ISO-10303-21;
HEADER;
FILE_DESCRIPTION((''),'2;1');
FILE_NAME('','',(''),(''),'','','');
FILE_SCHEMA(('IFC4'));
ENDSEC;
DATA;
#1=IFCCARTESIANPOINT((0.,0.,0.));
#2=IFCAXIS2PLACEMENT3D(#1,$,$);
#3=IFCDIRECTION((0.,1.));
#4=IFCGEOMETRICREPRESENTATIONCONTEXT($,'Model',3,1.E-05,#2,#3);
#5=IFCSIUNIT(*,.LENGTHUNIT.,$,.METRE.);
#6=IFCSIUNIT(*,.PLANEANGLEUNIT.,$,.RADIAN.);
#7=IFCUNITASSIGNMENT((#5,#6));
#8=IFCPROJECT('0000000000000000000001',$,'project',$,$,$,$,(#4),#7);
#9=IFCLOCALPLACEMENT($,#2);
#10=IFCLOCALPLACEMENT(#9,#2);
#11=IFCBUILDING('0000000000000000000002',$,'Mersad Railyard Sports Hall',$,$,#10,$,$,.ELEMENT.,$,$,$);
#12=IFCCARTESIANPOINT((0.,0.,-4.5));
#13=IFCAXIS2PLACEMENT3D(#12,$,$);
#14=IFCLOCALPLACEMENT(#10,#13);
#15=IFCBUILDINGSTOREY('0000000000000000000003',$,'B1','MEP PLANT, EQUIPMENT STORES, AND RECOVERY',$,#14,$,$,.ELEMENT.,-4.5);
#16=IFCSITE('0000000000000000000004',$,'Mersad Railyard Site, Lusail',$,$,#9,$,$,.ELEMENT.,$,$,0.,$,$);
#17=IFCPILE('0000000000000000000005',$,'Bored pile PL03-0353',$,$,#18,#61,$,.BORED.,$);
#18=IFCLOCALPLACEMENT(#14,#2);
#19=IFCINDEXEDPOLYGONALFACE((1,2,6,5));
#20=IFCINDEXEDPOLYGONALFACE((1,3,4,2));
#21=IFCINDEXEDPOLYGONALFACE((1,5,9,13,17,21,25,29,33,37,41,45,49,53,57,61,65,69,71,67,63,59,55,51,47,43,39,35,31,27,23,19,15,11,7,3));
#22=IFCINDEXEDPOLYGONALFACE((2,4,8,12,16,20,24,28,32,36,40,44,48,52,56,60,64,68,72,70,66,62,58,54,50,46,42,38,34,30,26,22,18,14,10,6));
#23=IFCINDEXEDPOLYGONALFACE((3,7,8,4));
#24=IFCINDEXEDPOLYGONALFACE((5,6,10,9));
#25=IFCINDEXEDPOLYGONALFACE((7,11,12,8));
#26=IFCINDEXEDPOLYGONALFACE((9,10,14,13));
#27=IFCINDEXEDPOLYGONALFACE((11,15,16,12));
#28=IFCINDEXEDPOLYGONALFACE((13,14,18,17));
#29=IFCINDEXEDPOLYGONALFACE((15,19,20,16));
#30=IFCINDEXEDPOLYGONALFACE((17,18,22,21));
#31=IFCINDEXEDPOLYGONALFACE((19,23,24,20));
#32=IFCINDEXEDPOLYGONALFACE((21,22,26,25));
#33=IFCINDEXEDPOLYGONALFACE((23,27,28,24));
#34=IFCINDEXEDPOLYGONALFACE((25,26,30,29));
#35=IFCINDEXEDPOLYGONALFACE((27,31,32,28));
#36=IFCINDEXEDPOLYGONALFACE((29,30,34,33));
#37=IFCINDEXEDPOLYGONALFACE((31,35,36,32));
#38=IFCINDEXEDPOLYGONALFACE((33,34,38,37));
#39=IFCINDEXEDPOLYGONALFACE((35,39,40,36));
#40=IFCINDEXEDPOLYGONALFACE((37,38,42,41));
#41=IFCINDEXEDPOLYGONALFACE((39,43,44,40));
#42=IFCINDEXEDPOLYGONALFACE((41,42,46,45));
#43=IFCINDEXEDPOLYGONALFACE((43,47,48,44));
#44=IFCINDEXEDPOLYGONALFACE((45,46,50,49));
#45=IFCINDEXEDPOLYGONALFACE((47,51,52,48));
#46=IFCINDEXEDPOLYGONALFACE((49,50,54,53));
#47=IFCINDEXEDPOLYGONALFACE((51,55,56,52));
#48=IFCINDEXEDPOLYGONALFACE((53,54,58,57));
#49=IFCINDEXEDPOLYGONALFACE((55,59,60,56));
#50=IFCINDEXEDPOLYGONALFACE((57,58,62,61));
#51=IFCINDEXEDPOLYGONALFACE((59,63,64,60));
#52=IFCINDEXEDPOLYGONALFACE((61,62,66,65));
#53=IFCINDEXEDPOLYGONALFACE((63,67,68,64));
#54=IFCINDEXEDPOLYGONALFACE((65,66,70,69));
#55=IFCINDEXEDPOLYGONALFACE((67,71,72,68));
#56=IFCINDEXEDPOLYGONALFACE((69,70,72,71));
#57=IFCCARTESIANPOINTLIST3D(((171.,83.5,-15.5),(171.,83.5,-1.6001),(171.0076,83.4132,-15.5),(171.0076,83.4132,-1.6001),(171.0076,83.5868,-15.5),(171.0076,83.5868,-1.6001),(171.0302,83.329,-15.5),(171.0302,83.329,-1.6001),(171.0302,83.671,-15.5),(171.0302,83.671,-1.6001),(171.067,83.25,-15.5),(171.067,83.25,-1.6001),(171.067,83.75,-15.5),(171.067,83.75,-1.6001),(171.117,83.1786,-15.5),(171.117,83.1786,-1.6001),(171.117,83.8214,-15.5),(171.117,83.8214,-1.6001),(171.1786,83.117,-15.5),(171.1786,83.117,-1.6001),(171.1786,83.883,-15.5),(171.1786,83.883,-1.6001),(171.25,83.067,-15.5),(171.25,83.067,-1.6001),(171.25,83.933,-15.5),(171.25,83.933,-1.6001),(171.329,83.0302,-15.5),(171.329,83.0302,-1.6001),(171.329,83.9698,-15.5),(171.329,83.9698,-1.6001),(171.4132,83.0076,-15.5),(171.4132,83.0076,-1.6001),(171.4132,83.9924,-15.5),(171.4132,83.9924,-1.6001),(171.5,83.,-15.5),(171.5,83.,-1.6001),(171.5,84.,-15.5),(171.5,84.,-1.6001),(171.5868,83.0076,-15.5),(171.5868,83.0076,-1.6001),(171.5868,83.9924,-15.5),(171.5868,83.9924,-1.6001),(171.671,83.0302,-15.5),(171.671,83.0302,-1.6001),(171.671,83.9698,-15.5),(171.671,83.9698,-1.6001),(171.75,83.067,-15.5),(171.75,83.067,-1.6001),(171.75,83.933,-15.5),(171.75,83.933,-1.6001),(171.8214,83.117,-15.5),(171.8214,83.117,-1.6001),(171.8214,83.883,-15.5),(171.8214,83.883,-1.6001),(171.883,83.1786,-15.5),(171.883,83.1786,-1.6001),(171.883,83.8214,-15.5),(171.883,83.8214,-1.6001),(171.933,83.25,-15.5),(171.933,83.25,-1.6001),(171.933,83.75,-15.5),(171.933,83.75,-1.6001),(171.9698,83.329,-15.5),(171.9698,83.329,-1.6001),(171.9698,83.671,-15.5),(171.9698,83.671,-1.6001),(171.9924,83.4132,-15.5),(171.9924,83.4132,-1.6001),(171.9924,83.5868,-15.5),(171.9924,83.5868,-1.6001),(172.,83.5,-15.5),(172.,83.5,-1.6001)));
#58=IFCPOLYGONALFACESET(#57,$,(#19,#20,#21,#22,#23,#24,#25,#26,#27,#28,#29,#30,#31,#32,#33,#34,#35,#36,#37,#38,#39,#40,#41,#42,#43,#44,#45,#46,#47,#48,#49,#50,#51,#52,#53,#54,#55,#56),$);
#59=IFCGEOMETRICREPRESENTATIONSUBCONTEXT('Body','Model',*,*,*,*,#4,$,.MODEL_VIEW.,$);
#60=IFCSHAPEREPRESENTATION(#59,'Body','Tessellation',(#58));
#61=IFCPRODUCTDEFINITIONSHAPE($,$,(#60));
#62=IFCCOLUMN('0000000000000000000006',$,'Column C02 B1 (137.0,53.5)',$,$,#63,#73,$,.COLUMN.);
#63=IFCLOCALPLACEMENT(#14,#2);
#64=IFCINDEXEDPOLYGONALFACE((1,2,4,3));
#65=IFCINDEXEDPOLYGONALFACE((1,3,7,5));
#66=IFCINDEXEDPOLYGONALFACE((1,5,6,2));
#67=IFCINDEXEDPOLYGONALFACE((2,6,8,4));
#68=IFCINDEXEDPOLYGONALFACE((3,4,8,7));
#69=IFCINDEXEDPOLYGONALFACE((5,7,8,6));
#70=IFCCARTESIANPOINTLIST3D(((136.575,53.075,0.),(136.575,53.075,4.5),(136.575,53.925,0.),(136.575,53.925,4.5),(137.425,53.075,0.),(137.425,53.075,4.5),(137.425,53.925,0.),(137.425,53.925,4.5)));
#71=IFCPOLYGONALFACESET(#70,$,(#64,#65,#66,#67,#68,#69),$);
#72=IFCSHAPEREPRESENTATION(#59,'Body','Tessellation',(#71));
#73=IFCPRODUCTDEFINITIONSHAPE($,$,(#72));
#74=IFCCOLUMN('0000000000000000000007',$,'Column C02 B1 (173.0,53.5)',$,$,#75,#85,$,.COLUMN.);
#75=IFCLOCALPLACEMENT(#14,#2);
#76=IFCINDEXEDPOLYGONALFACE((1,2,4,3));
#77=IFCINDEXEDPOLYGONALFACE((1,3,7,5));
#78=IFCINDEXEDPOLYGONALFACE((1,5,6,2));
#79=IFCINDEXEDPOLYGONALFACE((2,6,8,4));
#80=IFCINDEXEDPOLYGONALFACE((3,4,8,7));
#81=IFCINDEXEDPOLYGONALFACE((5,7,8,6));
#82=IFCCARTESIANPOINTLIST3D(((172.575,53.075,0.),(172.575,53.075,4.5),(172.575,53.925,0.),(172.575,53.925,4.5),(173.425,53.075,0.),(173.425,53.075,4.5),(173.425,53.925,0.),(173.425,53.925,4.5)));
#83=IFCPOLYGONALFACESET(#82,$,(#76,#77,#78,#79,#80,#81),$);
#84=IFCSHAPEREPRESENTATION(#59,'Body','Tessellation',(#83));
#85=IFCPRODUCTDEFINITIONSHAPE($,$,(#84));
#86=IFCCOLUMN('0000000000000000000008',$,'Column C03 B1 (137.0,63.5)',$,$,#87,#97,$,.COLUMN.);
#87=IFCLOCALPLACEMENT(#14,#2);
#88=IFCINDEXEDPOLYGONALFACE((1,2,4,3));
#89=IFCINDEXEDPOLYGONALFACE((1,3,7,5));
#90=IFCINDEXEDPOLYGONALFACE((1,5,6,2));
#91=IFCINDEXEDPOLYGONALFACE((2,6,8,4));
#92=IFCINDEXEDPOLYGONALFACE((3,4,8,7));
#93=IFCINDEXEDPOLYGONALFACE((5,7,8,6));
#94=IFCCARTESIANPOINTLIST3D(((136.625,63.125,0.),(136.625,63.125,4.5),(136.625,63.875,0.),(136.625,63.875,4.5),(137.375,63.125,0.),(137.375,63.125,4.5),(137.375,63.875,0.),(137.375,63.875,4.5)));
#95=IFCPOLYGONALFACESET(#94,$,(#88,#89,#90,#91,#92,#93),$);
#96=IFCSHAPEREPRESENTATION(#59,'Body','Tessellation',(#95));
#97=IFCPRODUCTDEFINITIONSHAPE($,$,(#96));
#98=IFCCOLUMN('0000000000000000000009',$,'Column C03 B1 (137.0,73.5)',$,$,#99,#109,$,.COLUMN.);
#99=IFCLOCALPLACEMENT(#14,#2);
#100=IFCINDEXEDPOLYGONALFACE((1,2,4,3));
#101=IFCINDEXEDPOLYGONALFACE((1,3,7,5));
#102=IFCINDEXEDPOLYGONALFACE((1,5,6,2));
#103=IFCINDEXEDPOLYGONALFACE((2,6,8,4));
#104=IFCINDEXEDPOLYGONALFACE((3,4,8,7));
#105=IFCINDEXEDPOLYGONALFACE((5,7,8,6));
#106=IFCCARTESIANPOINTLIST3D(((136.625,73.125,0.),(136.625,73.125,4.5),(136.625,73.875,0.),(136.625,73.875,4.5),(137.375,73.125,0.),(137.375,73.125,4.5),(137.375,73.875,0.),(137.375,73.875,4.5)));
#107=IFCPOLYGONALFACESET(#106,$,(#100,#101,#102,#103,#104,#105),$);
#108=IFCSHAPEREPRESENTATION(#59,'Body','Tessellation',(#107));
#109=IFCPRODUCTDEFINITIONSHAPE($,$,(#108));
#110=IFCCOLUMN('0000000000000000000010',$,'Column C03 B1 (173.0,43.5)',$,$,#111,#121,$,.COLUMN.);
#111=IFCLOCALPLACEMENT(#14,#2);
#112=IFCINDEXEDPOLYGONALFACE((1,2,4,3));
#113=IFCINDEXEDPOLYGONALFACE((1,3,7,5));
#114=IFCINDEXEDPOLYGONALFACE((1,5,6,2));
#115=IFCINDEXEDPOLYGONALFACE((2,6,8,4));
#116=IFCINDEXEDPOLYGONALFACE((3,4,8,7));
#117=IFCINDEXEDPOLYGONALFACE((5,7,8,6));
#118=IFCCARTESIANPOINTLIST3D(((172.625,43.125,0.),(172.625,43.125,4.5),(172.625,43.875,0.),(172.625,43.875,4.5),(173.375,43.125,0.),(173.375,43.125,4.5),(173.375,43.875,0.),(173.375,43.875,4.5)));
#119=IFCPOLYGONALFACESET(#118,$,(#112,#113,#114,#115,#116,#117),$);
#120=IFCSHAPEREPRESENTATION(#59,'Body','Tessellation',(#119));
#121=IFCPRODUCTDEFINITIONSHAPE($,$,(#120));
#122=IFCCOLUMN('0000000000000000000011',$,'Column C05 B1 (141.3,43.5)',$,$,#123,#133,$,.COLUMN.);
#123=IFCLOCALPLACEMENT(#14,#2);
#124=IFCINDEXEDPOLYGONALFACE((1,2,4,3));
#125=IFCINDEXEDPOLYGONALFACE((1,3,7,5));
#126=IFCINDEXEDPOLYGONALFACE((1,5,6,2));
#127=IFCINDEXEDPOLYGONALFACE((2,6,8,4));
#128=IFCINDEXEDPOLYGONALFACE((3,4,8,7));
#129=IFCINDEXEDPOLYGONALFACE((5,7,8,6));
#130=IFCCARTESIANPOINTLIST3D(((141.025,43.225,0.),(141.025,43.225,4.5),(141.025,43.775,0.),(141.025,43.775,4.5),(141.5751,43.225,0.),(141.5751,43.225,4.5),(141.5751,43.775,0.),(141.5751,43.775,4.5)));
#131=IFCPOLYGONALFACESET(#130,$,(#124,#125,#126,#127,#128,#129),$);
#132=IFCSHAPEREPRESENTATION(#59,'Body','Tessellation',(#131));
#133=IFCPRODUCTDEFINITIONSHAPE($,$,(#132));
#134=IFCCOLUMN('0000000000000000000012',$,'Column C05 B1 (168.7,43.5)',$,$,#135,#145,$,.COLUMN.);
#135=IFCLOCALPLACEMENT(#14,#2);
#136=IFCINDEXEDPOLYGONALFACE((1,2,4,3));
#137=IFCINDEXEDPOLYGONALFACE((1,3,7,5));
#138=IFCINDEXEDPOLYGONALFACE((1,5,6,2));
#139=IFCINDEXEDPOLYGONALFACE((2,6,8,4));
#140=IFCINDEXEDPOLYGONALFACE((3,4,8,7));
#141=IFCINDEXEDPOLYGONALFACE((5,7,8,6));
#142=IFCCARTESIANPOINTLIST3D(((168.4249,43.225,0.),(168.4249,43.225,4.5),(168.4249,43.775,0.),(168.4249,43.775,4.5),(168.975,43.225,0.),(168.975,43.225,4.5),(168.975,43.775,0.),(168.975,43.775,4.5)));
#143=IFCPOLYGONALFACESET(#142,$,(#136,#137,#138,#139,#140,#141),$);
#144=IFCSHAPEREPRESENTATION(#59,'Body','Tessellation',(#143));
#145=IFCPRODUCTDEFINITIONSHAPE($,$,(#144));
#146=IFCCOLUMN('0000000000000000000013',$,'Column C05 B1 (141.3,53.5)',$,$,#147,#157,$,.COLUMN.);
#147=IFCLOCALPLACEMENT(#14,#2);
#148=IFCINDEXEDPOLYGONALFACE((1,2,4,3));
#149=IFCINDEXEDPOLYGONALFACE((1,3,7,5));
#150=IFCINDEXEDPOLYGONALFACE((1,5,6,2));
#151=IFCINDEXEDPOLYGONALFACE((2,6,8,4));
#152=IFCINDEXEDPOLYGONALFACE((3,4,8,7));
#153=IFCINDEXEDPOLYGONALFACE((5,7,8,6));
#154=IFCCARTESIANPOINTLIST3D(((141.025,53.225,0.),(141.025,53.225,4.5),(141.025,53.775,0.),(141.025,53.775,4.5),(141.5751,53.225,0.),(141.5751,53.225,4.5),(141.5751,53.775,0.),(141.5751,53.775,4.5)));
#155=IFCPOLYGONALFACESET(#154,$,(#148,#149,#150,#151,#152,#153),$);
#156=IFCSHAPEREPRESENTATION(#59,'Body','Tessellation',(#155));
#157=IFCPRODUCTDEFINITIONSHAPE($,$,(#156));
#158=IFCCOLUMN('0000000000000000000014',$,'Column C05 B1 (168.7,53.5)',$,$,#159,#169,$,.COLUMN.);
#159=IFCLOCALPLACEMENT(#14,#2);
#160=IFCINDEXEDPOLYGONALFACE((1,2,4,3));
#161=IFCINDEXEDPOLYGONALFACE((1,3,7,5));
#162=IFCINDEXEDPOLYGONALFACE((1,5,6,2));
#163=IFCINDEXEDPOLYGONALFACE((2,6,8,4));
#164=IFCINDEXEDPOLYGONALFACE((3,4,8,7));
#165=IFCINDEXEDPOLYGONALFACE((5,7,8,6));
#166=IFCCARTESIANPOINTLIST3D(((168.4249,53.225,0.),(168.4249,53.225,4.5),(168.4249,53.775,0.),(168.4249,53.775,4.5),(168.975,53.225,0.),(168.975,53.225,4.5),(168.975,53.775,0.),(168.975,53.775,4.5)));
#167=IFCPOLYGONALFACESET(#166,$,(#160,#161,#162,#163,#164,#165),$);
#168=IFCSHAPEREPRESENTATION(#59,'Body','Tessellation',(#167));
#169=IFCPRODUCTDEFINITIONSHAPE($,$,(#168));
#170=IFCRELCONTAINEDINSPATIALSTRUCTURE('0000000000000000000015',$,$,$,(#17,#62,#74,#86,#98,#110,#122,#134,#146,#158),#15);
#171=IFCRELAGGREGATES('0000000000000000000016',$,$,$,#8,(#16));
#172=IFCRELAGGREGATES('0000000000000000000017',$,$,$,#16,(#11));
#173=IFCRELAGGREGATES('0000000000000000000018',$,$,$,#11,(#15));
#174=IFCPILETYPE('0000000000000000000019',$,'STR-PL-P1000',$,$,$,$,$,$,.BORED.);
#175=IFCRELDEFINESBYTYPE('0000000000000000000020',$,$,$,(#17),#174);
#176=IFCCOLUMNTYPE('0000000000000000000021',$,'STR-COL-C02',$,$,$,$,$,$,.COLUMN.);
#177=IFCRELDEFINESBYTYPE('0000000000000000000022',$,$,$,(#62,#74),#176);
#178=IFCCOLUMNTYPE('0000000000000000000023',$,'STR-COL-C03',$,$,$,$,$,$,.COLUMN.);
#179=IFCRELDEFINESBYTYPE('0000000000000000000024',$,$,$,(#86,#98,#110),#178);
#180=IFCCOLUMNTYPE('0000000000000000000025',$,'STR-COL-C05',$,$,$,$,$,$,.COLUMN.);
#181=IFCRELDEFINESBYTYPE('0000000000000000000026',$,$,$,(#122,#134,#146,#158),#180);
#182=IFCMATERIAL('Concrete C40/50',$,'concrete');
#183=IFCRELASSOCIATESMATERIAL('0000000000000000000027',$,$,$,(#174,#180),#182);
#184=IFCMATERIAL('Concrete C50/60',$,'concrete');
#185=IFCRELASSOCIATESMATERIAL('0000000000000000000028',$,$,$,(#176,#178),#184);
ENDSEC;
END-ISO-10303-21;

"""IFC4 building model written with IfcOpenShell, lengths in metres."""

from ifc_helpers import new_model, si_unit, direction, frame, origin, origin_2d, place, context, subcontext, project, spatial, rectangle, circle, extrude, material, material_profile, profile_set, type_object, element, save


model = new_model("IFC4")

# Units and contexts
model_context = context("Model", 3, precision=1e-05, world=origin(), true_north=direction((0.0, 1.0)))
body_context = subcontext(model_context, "Body", "Model", "MODEL_VIEW")
ifc_project = project(units=[si_unit("LENGTHUNIT", "METRE"), si_unit("PLANEANGLEUNIT", "RADIAN")], contexts=[model_context])

# Site, building, storey
site_placement = place(None, origin())
site = spatial("IfcSite", under=ifc_project, at=site_placement, Name="Mersad Railyard Site, Lusail", CompositionType="ELEMENT", RefElevation=0.0)
building_placement = place(site_placement, origin())
building = spatial("IfcBuilding", under=site, at=building_placement, Name="Mersad Railyard Sports Hall", CompositionType="ELEMENT")
storey_placement = place(building_placement, frame((0.0, 0.0, -4.5)))
storey = spatial("IfcBuildingStorey", under=building, at=storey_placement, Name="B1", Description="MEP PLANT, EQUIPMENT STORES, AND RECOVERY", CompositionType="ELEMENT", Elevation=-4.5)

# Shared definitions
ifc_material_1 = material(Name="Concrete C40/50", Category="concrete")

# Pile
ifc_material_profile_1 = material_profile(ifc_material_1, circle(Radius=0.5, at=origin_2d()), Name="BORED PILE D1000")
ifc_profile_set_1 = profile_set([ifc_material_profile_1], Name="Concrete C40/50")
pile_type = type_object("IfcPileType", Name="STR-PL-P1000", PredefinedType="BORED", material=ifc_profile_set_1)
pile_1_placement = place(storey_placement, frame((171.5, 83.5, -1.6001), z_axis=(0.0, 0.0, -1.0), x_axis=(1.0, 0.0, 0.0)))
element("IfcPile", 1, at=pile_1_placement, inside=storey, type_object=pile_type, Name="Bored pile PL03-0353", PredefinedType="BORED", context=body_context, shape_type="SweptSolid", body=[
    extrude(circle(Radius=0.5, at=origin_2d()), origin(), (0.0, 0.0, 1.0), 13.8999),
])

# Columns
ifc_material_2 = material(Name="Concrete C50/60", Category="concrete")
ifc_material_profile_2 = material_profile(ifc_material_2, rectangle(XDim=0.8501, YDim=0.8501, at=origin_2d()), Name="RC 850x850")
ifc_profile_set_2 = profile_set([ifc_material_profile_2], Name="Concrete C50/60")
column_type_1 = type_object("IfcColumnType", Name="STR-COL-C02", PredefinedType="COLUMN", material=ifc_profile_set_2)
for number, where, z_axis, x_axis, name in (
    (2, (137.0, 53.5, 0.0), (0.0, 0.0, 1.0), (1.0, 0.0, 0.0), "Column C02 B1 (137.0,53.5)"),
    (3, (173.0, 53.5, 0.0), (0.0, 0.0, 1.0), (1.0, 0.0, 0.0), "Column C02 B1 (173.0,53.5)"),
):
    element("IfcColumn", number, at=place(storey_placement, frame(where, z_axis=z_axis, x_axis=x_axis)), inside=storey, type_object=column_type_1, Name=name, PredefinedType="COLUMN", context=body_context, shape_type="SweptSolid", body=[
        extrude(rectangle(XDim=0.8501, YDim=0.8501, at=origin_2d()), origin(), (0.0, 0.0, 1.0), 4.5),
    ])
ifc_material_profile_3 = material_profile(ifc_material_2, rectangle(XDim=0.75, YDim=0.75, at=origin_2d()), Name="RC 750x750")
ifc_profile_set_3 = profile_set([ifc_material_profile_3], Name="Concrete C50/60")
column_type_2 = type_object("IfcColumnType", Name="STR-COL-C03", PredefinedType="COLUMN", material=ifc_profile_set_3)
for number, where, z_axis, x_axis, name in (
    (4, (137.0, 63.5, 0.0), (0.0, 0.0, 1.0), (1.0, 0.0, 0.0), "Column C03 B1 (137.0,63.5)"),
    (5, (137.0, 73.5, 0.0), (0.0, 0.0, 1.0), (1.0, 0.0, 0.0), "Column C03 B1 (137.0,73.5)"),
    (6, (173.0, 43.5, 0.0), (0.0, 0.0, 1.0), (1.0, 0.0, 0.0), "Column C03 B1 (173.0,43.5)"),
):
    element("IfcColumn", number, at=place(storey_placement, frame(where, z_axis=z_axis, x_axis=x_axis)), inside=storey, type_object=column_type_2, Name=name, PredefinedType="COLUMN", context=body_context, shape_type="SweptSolid", body=[
        extrude(rectangle(XDim=0.75, YDim=0.75, at=origin_2d()), origin(), (0.0, 0.0, 1.0), 4.5),
    ])
ifc_material_profile_4 = material_profile(ifc_material_1, rectangle(XDim=0.55, YDim=0.55, at=origin_2d()), Name="RC 550x550")
ifc_profile_set_4 = profile_set([ifc_material_profile_4], Name="Concrete C40/50")
column_type_3 = type_object("IfcColumnType", Name="STR-COL-C05", PredefinedType="COLUMN", material=ifc_profile_set_4)
for number, where, z_axis, x_axis, name in (
    (7, (141.3, 43.5, 0.0), (0.0, 0.0, 1.0), (1.0, 0.0, 0.0), "Column C05 B1 (141.3,43.5)"),
    (8, (168.7, 43.5, 0.0), (0.0, 0.0, 1.0), (1.0, 0.0, 0.0), "Column C05 B1 (168.7,43.5)"),
    (9, (141.3, 53.5, 0.0), (0.0, 0.0, 1.0), (1.0, 0.0, 0.0), "Column C05 B1 (141.3,53.5)"),
    (10, (168.7, 53.5, 0.0), (0.0, 0.0, 1.0), (1.0, 0.0, 0.0), "Column C05 B1 (168.7,53.5)"),
):
    element("IfcColumn", number, at=place(storey_placement, frame(where, z_axis=z_axis, x_axis=x_axis)), inside=storey, type_object=column_type_3, Name=name, PredefinedType="COLUMN", context=body_context, shape_type="SweptSolid", body=[
        extrude(rectangle(XDim=0.55, YDim=0.55, at=origin_2d()), origin(), (0.0, 0.0, 1.0), 4.5),
    ])

save(model, "model.ifc")
